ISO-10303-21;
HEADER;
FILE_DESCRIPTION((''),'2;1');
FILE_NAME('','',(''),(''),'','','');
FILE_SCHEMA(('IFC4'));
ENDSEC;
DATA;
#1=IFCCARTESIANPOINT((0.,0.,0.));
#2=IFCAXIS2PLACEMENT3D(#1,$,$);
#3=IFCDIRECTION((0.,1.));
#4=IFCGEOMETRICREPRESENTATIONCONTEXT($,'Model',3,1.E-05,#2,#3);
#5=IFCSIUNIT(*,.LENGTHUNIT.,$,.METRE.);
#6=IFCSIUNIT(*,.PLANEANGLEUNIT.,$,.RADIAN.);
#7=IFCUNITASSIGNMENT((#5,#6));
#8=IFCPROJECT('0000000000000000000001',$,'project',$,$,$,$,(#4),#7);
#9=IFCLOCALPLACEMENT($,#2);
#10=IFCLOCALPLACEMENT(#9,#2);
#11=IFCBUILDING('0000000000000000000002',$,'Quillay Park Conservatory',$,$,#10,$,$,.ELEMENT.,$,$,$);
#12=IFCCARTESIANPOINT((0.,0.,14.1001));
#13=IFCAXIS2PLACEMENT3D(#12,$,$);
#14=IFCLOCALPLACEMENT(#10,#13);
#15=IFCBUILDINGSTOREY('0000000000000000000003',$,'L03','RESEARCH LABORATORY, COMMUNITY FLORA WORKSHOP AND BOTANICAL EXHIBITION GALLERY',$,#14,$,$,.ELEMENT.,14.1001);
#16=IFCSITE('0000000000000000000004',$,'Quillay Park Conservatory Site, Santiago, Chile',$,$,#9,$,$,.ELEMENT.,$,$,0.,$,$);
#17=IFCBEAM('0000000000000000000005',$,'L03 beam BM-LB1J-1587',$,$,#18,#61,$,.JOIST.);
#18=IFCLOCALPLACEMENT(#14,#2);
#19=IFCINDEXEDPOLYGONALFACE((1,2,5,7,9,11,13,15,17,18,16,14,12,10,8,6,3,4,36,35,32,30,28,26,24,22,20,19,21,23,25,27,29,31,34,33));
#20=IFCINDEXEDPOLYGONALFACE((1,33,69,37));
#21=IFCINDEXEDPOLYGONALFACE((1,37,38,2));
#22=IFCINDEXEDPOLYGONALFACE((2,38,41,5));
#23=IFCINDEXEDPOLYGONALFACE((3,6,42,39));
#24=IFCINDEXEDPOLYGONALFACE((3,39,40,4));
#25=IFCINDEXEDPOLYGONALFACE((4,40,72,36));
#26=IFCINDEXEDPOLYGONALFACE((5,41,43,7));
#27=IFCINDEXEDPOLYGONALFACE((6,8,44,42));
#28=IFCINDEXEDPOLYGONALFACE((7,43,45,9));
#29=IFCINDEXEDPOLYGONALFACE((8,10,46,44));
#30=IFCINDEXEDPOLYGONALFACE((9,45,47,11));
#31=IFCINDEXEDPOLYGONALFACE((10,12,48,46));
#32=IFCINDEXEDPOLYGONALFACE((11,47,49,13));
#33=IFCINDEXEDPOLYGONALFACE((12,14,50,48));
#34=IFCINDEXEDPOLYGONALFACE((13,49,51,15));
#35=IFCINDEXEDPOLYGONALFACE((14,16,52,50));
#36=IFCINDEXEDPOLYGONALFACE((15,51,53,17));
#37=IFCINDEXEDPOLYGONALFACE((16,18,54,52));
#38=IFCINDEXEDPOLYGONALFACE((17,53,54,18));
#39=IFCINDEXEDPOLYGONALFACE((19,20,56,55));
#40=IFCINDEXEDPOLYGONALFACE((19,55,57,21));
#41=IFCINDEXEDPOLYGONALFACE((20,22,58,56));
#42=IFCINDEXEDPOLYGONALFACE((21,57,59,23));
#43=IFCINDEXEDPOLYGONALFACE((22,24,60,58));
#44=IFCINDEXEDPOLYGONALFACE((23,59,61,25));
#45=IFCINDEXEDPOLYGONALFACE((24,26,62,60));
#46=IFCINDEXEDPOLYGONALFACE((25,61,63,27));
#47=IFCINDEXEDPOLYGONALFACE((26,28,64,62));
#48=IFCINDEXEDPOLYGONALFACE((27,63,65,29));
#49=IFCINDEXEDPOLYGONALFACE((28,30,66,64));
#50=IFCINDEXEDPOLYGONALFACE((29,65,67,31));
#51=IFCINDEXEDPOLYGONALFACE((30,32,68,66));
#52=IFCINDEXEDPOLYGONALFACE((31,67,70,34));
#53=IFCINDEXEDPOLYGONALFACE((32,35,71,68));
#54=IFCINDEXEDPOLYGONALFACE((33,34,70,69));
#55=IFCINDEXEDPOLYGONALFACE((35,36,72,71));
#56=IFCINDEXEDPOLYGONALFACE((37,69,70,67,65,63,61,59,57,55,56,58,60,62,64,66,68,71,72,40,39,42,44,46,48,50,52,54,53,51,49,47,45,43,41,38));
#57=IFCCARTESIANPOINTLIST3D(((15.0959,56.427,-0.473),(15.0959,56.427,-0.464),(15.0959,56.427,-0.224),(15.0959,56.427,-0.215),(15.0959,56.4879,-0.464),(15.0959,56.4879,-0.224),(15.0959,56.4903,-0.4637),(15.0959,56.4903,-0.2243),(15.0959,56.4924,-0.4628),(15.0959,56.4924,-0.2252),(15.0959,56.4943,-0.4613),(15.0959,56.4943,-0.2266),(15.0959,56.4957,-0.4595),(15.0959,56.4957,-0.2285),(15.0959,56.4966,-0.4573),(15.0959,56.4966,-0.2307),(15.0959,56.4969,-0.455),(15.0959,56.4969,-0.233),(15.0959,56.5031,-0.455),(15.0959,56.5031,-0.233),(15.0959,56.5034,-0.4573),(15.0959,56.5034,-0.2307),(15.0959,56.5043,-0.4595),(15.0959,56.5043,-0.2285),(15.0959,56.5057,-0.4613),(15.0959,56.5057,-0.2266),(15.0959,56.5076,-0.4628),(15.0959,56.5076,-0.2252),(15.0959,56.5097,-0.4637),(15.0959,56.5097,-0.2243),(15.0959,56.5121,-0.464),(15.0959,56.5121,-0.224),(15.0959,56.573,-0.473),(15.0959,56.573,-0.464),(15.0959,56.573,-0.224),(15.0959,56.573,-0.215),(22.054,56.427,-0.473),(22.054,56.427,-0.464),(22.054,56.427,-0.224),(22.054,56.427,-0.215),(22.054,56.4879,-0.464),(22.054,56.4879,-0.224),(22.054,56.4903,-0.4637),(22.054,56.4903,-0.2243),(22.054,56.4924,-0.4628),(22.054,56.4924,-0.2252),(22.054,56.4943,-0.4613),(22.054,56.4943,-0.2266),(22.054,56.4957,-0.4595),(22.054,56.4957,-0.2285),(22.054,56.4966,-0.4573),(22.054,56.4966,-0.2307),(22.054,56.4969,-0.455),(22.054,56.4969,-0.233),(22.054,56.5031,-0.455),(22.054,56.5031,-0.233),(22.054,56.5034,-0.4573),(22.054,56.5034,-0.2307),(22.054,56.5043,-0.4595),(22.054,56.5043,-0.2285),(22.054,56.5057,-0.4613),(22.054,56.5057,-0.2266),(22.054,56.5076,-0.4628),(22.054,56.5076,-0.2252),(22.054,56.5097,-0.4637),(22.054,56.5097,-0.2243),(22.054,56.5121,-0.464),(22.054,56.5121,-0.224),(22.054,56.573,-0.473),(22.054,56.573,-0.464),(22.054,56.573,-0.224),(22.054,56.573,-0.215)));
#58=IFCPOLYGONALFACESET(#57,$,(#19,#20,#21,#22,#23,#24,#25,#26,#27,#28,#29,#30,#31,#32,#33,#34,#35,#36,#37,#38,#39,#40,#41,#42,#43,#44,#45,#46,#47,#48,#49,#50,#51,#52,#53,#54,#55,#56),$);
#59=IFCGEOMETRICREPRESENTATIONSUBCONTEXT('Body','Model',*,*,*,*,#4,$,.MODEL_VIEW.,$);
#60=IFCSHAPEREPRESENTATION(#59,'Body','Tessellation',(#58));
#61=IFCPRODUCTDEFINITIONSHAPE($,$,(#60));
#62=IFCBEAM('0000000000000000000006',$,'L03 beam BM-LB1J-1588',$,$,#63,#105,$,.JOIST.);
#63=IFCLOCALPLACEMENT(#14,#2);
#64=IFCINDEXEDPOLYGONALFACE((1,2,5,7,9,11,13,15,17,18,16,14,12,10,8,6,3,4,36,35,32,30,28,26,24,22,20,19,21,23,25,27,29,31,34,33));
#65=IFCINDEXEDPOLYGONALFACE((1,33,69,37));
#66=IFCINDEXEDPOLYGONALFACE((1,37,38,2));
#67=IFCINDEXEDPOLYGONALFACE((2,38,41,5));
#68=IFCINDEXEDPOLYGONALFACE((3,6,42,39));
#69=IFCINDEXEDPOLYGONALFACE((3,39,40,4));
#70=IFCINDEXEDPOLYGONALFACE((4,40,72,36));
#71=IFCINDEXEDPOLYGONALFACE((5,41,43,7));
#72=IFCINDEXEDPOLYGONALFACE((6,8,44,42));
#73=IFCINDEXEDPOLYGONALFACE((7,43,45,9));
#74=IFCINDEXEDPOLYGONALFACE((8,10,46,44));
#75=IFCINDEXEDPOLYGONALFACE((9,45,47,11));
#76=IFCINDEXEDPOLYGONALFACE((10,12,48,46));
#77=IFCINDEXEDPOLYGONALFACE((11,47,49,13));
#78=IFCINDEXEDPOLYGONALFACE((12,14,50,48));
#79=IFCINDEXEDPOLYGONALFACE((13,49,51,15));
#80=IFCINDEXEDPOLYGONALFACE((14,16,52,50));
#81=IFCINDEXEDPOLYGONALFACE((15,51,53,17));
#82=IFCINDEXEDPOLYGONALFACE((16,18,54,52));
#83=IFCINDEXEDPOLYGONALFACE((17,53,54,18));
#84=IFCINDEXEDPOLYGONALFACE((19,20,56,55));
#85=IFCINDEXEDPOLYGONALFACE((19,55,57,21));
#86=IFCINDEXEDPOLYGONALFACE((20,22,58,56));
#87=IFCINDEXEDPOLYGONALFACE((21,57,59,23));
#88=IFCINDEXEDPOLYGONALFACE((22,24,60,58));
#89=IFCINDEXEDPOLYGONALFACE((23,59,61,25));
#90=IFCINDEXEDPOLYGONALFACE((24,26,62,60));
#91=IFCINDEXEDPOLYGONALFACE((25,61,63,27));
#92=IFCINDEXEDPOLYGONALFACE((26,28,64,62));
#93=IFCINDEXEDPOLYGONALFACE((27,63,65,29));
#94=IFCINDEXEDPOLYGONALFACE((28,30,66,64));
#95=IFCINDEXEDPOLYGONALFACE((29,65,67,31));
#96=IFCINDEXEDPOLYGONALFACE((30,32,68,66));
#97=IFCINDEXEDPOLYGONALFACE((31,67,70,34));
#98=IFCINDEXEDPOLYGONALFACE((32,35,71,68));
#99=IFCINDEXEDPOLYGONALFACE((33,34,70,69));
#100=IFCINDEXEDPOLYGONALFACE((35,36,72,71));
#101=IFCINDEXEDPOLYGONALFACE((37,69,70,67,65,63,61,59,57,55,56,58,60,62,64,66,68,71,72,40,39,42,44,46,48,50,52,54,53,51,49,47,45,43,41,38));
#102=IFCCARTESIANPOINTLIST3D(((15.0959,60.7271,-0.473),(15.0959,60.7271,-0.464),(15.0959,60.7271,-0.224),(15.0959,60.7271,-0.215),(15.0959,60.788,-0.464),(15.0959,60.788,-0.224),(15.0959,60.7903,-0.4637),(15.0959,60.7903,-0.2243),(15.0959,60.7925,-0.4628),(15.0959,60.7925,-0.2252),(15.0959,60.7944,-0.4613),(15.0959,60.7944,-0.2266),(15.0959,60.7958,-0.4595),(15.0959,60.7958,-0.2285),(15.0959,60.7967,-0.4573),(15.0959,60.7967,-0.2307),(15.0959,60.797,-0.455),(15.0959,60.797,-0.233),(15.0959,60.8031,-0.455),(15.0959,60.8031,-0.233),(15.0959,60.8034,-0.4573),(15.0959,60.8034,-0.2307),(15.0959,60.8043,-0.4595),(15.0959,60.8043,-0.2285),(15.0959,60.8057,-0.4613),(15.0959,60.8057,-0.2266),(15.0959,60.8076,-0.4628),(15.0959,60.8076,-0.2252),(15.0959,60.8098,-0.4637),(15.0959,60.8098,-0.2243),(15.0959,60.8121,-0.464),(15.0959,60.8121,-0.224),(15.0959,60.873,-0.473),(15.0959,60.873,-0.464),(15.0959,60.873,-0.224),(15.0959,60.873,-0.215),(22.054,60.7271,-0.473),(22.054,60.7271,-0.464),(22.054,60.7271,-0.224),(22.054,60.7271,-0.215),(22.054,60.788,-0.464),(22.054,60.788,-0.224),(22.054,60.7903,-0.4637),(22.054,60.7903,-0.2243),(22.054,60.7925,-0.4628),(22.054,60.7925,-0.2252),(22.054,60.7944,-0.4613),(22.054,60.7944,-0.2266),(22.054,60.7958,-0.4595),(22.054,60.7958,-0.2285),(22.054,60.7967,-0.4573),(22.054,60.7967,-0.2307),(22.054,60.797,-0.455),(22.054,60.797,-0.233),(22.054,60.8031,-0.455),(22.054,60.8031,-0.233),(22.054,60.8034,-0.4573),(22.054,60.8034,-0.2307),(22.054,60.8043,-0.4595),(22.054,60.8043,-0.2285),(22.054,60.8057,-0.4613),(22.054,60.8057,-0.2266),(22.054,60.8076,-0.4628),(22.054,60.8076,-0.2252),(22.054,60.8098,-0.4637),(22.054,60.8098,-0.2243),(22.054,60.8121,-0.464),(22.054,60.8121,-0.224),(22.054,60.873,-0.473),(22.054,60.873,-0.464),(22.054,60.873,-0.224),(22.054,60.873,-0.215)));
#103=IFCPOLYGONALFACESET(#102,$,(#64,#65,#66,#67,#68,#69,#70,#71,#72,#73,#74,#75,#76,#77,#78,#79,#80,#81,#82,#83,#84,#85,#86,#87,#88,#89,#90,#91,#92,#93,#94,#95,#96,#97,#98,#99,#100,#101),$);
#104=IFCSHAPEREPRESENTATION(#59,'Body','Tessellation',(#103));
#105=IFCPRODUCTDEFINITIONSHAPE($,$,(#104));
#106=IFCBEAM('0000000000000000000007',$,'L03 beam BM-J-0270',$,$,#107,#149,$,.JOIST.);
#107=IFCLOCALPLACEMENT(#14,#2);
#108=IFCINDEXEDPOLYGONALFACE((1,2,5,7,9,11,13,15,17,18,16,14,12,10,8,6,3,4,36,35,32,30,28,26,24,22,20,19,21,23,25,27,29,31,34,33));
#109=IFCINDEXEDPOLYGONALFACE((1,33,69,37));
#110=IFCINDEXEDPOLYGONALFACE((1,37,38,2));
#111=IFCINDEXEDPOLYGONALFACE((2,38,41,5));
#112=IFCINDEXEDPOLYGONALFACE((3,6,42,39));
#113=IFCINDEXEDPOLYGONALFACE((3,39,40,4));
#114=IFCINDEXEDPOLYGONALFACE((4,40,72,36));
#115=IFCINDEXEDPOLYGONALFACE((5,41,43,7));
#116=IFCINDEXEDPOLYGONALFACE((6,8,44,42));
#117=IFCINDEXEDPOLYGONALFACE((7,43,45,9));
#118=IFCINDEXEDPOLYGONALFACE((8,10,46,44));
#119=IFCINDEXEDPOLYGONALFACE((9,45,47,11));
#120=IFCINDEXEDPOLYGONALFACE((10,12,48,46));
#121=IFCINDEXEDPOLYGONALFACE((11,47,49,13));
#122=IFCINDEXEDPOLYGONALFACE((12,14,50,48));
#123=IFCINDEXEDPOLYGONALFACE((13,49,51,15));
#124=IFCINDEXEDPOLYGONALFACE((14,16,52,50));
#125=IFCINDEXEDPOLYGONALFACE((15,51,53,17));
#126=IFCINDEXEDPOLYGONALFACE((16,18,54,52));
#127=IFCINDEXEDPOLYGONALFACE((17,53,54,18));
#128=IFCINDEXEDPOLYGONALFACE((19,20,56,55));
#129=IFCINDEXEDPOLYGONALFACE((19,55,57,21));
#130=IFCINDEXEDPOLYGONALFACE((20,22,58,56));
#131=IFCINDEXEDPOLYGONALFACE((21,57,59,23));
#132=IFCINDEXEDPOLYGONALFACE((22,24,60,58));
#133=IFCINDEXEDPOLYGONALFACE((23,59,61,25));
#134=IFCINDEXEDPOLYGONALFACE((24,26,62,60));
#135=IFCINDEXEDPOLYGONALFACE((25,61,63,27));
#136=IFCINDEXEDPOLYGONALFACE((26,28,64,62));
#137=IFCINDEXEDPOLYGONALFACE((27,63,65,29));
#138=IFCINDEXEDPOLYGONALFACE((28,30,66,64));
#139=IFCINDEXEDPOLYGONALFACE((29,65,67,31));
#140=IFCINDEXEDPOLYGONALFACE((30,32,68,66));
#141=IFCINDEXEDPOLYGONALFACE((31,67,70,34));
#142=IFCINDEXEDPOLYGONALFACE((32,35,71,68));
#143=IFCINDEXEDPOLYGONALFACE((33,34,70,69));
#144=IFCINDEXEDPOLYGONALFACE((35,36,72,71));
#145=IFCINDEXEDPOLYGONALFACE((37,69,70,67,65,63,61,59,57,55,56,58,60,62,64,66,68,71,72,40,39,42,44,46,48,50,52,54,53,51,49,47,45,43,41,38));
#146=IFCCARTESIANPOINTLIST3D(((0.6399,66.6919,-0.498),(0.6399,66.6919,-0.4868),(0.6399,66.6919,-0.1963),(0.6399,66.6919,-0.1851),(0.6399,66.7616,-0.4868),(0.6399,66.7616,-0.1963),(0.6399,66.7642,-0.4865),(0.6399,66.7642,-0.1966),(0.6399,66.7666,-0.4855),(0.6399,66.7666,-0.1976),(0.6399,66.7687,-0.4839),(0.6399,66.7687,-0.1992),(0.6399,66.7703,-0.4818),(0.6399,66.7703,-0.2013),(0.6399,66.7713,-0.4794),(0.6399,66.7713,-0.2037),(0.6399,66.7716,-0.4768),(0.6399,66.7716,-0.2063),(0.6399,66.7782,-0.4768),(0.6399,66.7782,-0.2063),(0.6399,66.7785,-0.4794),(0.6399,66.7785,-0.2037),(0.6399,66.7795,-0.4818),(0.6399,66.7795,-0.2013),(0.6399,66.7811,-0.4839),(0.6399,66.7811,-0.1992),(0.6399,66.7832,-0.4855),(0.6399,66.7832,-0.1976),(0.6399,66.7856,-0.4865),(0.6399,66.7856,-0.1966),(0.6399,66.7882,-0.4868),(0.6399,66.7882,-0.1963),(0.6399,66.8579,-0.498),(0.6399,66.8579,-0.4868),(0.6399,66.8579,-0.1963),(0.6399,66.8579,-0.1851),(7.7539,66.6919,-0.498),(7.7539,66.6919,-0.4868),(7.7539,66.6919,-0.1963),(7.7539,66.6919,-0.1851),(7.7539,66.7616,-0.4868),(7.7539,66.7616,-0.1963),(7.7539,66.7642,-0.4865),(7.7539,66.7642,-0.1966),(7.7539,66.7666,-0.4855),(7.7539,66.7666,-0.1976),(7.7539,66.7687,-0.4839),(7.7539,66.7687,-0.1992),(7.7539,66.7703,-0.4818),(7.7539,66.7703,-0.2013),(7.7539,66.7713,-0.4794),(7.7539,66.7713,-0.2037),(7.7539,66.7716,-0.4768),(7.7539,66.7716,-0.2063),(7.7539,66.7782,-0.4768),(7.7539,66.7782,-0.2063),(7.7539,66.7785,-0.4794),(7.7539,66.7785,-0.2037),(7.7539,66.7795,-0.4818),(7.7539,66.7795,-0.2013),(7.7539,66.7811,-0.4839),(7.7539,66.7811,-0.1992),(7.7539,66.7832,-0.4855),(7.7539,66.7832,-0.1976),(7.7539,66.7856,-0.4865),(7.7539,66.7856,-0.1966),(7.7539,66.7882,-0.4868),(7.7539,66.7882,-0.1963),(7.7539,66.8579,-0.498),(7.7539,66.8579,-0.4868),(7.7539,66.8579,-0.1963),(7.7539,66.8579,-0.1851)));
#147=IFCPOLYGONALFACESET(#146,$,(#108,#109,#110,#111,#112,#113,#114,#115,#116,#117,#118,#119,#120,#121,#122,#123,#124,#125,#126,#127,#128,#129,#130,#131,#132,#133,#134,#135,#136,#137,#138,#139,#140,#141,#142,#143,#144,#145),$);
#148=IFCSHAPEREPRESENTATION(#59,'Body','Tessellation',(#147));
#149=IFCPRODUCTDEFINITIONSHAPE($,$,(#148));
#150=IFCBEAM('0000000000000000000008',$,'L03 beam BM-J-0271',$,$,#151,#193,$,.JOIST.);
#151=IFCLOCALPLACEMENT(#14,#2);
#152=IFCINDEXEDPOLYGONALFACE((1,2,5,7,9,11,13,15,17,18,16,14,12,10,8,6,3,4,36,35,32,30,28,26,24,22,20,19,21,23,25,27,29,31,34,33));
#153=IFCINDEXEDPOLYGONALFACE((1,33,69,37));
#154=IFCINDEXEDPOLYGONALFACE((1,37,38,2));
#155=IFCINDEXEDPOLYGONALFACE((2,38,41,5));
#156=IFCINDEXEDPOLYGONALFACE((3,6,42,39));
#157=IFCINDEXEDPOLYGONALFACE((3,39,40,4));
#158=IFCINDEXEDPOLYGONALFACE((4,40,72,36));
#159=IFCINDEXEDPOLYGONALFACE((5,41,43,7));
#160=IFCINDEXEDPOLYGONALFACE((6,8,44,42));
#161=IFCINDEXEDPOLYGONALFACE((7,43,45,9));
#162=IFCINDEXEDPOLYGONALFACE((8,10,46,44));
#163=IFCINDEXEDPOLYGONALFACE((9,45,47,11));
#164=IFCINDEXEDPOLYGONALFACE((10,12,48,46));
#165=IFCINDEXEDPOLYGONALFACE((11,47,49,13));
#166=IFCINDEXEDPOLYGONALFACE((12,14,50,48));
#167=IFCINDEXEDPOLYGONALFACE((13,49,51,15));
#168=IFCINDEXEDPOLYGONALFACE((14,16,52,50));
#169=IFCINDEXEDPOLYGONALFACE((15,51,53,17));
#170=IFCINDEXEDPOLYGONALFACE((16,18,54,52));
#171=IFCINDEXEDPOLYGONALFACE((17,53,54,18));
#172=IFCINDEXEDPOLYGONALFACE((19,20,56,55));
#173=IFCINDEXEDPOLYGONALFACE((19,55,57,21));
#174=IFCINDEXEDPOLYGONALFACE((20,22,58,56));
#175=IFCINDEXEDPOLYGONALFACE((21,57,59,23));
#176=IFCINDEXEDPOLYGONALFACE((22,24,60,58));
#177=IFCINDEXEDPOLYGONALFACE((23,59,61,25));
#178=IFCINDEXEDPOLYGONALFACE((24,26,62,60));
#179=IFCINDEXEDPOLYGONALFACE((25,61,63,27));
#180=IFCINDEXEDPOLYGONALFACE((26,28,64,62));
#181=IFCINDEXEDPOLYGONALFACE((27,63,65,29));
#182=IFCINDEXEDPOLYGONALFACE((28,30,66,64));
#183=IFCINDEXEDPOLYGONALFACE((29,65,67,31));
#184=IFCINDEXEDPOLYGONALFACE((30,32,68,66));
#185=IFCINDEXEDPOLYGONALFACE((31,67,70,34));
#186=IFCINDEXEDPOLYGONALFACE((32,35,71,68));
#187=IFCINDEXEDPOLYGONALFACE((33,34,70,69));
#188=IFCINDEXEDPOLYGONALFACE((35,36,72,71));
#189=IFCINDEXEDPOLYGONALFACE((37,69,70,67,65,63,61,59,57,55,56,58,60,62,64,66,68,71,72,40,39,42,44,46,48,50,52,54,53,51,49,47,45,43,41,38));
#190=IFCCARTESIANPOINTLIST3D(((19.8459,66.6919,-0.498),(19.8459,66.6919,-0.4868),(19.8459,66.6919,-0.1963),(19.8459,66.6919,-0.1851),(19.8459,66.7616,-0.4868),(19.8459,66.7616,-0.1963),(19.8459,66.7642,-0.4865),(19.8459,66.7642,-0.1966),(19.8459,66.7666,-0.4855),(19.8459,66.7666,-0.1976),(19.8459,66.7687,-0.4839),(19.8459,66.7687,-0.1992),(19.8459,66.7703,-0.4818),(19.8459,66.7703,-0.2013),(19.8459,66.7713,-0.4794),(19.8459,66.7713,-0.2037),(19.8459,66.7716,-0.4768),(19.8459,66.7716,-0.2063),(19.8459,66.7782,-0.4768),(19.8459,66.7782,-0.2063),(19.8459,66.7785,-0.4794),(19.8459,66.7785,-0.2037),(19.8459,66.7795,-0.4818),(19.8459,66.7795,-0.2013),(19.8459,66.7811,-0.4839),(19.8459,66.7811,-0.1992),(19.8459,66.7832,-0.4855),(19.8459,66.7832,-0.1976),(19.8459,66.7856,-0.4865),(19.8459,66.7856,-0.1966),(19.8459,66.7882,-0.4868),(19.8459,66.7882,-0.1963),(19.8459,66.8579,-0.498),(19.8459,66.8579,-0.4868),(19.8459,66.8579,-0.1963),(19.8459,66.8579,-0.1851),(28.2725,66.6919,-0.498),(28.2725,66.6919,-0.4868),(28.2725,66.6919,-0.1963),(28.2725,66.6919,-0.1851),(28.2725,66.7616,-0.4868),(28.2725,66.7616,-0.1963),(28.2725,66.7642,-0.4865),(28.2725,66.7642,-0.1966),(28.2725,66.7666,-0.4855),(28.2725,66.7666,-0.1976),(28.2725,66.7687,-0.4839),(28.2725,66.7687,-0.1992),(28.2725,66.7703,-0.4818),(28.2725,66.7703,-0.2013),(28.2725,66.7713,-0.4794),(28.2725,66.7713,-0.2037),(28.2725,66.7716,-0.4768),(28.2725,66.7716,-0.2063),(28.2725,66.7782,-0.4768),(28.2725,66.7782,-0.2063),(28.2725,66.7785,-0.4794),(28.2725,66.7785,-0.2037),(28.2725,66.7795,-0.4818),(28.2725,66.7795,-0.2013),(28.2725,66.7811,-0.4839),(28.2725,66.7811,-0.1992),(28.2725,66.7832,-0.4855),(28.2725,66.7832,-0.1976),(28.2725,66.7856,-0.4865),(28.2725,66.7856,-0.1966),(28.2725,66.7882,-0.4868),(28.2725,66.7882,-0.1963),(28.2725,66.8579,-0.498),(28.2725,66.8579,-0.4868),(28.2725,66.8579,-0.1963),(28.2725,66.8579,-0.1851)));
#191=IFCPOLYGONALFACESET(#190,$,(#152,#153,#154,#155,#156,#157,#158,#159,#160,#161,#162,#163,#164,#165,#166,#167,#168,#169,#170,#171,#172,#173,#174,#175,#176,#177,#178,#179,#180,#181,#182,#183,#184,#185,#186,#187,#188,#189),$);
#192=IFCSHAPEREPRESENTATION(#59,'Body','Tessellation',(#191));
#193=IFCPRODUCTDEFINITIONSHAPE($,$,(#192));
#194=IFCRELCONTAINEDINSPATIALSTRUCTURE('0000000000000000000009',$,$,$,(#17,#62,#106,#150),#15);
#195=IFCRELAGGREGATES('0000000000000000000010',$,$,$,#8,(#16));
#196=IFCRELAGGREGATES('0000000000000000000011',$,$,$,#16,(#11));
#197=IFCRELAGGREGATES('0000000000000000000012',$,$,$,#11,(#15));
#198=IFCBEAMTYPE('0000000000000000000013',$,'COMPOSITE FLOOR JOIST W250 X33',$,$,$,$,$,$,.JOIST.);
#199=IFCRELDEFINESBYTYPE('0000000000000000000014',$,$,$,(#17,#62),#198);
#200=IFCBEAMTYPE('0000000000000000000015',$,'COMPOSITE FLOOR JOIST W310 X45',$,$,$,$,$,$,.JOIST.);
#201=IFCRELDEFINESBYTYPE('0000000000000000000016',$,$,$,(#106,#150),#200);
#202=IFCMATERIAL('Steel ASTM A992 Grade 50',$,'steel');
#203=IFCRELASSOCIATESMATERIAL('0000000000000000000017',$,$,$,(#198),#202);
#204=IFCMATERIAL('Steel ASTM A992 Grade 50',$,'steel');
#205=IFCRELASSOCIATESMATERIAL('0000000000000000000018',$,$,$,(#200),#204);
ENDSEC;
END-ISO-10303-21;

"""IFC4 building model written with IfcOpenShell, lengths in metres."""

from ifc_helpers import new_model, si_unit, direction, frame, origin, origin_2d, place, context, subcontext, project, spatial, i_section, extrude, material, material_profile, profile_set, type_object, element, save


model = new_model("IFC4")

# Units and contexts
model_context = context("Model", 3, precision=1e-05, world=origin(), true_north=direction((0.0, 1.0)))
body_context = subcontext(model_context, "Body", "Model", "MODEL_VIEW")
ifc_project = project(units=[si_unit("LENGTHUNIT", "METRE"), si_unit("PLANEANGLEUNIT", "RADIAN")], contexts=[model_context])

# Site, building, storey
site_placement = place(None, origin())
site = spatial("IfcSite", under=ifc_project, at=site_placement, Name="Quillay Park Conservatory Site, Santiago, Chile", CompositionType="ELEMENT", RefElevation=0.0)
building_placement = place(site_placement, origin())
building = spatial("IfcBuilding", under=site, at=building_placement, Name="Quillay Park Conservatory", CompositionType="ELEMENT")
storey_placement = place(building_placement, frame((0.0, 0.0, 14.1001)))
storey = spatial("IfcBuildingStorey", under=building, at=storey_placement, Name="L03", Description="RESEARCH LABORATORY, COMMUNITY FLORA WORKSHOP AND BOTANICAL EXHIBITION GALLERY", CompositionType="ELEMENT", Elevation=14.1001)

# Beams
ifc_material_1 = material(Name="Steel ASTM A992 Grade 50", Category="steel")
ifc_material_profile_1 = material_profile(ifc_material_1, i_section(OverallWidth=0.146, OverallDepth=0.2581, WebThickness=0.0061, FlangeThickness=0.009, FilletRadius=0.009, at=origin_2d()), Name="W250x33")
ifc_profile_set_1 = profile_set([ifc_material_profile_1], Name="Steel ASTM A992 Grade 50")
beam_type_1 = type_object("IfcBeamType", Name="COMPOSITE FLOOR JOIST W250 X33", PredefinedType="JOIST", material=ifc_profile_set_1)
for number, where, z_axis, x_axis, name in (
    (1, (15.0959, 56.5, -0.344), (1.0, 0.0, 0.0), (0.0, 1.0, 0.0), "L03 beam BM-LB1J-1587"),
    (2, (15.0959, 60.8, -0.344), (1.0, 0.0, 0.0), (0.0, 1.0, 0.0), "L03 beam BM-LB1J-1588"),
):
    element("IfcBeam", number, at=place(storey_placement, frame(where, z_axis=z_axis, x_axis=x_axis)), inside=storey, type_object=beam_type_1, Name=name, PredefinedType="JOIST", context=body_context, shape_type="SweptSolid", body=[
        extrude(i_section(OverallWidth=0.146, OverallDepth=0.2581, WebThickness=0.0061, FlangeThickness=0.009, FilletRadius=0.009, at=origin_2d()), origin(), (0.0, 0.0, 1.0), 6.958),
    ])
ifc_material_2 = material(Name="Steel ASTM A992 Grade 50", Category="steel")
ifc_material_profile_2 = material_profile(ifc_material_2, i_section(OverallWidth=0.166, OverallDepth=0.313, WebThickness=0.0066, FlangeThickness=0.0112, FilletRadius=0.01, at=origin_2d()), Name="W310x45")
ifc_profile_set_2 = profile_set([ifc_material_profile_2], Name="Steel ASTM A992 Grade 50")
beam_type_2 = type_object("IfcBeamType", Name="COMPOSITE FLOOR JOIST W310 X45", PredefinedType="JOIST", material=ifc_profile_set_2)
beam_1_placement = place(storey_placement, frame((0.6399, 66.7749, -0.3416), z_axis=(1.0, 0.0, 0.0), x_axis=(0.0, 1.0, 0.0)))
element("IfcBeam", 3, at=beam_1_placement, inside=storey, type_object=beam_type_2, Name="L03 beam BM-J-0270", PredefinedType="JOIST", context=body_context, shape_type="SweptSolid", body=[
    extrude(i_section(OverallWidth=0.166, OverallDepth=0.313, WebThickness=0.0066, FlangeThickness=0.0112, FilletRadius=0.01, at=origin_2d()), origin(), (0.0, 0.0, 1.0), 7.114),
])
beam_2_placement = place(storey_placement, frame((19.8459, 66.7749, -0.3416), z_axis=(1.0, 0.0, 0.0), x_axis=(0.0, 1.0, 0.0)))
element("IfcBeam", 4, at=beam_2_placement, inside=storey, type_object=beam_type_2, Name="L03 beam BM-J-0271", PredefinedType="JOIST", context=body_context, shape_type="SweptSolid", body=[
    extrude(i_section(OverallWidth=0.166, OverallDepth=0.313, WebThickness=0.0066, FlangeThickness=0.0112, FilletRadius=0.01, at=origin_2d()), origin(), (0.0, 0.0, 1.0), 8.4265),
])

save(model, "model.ifc")
